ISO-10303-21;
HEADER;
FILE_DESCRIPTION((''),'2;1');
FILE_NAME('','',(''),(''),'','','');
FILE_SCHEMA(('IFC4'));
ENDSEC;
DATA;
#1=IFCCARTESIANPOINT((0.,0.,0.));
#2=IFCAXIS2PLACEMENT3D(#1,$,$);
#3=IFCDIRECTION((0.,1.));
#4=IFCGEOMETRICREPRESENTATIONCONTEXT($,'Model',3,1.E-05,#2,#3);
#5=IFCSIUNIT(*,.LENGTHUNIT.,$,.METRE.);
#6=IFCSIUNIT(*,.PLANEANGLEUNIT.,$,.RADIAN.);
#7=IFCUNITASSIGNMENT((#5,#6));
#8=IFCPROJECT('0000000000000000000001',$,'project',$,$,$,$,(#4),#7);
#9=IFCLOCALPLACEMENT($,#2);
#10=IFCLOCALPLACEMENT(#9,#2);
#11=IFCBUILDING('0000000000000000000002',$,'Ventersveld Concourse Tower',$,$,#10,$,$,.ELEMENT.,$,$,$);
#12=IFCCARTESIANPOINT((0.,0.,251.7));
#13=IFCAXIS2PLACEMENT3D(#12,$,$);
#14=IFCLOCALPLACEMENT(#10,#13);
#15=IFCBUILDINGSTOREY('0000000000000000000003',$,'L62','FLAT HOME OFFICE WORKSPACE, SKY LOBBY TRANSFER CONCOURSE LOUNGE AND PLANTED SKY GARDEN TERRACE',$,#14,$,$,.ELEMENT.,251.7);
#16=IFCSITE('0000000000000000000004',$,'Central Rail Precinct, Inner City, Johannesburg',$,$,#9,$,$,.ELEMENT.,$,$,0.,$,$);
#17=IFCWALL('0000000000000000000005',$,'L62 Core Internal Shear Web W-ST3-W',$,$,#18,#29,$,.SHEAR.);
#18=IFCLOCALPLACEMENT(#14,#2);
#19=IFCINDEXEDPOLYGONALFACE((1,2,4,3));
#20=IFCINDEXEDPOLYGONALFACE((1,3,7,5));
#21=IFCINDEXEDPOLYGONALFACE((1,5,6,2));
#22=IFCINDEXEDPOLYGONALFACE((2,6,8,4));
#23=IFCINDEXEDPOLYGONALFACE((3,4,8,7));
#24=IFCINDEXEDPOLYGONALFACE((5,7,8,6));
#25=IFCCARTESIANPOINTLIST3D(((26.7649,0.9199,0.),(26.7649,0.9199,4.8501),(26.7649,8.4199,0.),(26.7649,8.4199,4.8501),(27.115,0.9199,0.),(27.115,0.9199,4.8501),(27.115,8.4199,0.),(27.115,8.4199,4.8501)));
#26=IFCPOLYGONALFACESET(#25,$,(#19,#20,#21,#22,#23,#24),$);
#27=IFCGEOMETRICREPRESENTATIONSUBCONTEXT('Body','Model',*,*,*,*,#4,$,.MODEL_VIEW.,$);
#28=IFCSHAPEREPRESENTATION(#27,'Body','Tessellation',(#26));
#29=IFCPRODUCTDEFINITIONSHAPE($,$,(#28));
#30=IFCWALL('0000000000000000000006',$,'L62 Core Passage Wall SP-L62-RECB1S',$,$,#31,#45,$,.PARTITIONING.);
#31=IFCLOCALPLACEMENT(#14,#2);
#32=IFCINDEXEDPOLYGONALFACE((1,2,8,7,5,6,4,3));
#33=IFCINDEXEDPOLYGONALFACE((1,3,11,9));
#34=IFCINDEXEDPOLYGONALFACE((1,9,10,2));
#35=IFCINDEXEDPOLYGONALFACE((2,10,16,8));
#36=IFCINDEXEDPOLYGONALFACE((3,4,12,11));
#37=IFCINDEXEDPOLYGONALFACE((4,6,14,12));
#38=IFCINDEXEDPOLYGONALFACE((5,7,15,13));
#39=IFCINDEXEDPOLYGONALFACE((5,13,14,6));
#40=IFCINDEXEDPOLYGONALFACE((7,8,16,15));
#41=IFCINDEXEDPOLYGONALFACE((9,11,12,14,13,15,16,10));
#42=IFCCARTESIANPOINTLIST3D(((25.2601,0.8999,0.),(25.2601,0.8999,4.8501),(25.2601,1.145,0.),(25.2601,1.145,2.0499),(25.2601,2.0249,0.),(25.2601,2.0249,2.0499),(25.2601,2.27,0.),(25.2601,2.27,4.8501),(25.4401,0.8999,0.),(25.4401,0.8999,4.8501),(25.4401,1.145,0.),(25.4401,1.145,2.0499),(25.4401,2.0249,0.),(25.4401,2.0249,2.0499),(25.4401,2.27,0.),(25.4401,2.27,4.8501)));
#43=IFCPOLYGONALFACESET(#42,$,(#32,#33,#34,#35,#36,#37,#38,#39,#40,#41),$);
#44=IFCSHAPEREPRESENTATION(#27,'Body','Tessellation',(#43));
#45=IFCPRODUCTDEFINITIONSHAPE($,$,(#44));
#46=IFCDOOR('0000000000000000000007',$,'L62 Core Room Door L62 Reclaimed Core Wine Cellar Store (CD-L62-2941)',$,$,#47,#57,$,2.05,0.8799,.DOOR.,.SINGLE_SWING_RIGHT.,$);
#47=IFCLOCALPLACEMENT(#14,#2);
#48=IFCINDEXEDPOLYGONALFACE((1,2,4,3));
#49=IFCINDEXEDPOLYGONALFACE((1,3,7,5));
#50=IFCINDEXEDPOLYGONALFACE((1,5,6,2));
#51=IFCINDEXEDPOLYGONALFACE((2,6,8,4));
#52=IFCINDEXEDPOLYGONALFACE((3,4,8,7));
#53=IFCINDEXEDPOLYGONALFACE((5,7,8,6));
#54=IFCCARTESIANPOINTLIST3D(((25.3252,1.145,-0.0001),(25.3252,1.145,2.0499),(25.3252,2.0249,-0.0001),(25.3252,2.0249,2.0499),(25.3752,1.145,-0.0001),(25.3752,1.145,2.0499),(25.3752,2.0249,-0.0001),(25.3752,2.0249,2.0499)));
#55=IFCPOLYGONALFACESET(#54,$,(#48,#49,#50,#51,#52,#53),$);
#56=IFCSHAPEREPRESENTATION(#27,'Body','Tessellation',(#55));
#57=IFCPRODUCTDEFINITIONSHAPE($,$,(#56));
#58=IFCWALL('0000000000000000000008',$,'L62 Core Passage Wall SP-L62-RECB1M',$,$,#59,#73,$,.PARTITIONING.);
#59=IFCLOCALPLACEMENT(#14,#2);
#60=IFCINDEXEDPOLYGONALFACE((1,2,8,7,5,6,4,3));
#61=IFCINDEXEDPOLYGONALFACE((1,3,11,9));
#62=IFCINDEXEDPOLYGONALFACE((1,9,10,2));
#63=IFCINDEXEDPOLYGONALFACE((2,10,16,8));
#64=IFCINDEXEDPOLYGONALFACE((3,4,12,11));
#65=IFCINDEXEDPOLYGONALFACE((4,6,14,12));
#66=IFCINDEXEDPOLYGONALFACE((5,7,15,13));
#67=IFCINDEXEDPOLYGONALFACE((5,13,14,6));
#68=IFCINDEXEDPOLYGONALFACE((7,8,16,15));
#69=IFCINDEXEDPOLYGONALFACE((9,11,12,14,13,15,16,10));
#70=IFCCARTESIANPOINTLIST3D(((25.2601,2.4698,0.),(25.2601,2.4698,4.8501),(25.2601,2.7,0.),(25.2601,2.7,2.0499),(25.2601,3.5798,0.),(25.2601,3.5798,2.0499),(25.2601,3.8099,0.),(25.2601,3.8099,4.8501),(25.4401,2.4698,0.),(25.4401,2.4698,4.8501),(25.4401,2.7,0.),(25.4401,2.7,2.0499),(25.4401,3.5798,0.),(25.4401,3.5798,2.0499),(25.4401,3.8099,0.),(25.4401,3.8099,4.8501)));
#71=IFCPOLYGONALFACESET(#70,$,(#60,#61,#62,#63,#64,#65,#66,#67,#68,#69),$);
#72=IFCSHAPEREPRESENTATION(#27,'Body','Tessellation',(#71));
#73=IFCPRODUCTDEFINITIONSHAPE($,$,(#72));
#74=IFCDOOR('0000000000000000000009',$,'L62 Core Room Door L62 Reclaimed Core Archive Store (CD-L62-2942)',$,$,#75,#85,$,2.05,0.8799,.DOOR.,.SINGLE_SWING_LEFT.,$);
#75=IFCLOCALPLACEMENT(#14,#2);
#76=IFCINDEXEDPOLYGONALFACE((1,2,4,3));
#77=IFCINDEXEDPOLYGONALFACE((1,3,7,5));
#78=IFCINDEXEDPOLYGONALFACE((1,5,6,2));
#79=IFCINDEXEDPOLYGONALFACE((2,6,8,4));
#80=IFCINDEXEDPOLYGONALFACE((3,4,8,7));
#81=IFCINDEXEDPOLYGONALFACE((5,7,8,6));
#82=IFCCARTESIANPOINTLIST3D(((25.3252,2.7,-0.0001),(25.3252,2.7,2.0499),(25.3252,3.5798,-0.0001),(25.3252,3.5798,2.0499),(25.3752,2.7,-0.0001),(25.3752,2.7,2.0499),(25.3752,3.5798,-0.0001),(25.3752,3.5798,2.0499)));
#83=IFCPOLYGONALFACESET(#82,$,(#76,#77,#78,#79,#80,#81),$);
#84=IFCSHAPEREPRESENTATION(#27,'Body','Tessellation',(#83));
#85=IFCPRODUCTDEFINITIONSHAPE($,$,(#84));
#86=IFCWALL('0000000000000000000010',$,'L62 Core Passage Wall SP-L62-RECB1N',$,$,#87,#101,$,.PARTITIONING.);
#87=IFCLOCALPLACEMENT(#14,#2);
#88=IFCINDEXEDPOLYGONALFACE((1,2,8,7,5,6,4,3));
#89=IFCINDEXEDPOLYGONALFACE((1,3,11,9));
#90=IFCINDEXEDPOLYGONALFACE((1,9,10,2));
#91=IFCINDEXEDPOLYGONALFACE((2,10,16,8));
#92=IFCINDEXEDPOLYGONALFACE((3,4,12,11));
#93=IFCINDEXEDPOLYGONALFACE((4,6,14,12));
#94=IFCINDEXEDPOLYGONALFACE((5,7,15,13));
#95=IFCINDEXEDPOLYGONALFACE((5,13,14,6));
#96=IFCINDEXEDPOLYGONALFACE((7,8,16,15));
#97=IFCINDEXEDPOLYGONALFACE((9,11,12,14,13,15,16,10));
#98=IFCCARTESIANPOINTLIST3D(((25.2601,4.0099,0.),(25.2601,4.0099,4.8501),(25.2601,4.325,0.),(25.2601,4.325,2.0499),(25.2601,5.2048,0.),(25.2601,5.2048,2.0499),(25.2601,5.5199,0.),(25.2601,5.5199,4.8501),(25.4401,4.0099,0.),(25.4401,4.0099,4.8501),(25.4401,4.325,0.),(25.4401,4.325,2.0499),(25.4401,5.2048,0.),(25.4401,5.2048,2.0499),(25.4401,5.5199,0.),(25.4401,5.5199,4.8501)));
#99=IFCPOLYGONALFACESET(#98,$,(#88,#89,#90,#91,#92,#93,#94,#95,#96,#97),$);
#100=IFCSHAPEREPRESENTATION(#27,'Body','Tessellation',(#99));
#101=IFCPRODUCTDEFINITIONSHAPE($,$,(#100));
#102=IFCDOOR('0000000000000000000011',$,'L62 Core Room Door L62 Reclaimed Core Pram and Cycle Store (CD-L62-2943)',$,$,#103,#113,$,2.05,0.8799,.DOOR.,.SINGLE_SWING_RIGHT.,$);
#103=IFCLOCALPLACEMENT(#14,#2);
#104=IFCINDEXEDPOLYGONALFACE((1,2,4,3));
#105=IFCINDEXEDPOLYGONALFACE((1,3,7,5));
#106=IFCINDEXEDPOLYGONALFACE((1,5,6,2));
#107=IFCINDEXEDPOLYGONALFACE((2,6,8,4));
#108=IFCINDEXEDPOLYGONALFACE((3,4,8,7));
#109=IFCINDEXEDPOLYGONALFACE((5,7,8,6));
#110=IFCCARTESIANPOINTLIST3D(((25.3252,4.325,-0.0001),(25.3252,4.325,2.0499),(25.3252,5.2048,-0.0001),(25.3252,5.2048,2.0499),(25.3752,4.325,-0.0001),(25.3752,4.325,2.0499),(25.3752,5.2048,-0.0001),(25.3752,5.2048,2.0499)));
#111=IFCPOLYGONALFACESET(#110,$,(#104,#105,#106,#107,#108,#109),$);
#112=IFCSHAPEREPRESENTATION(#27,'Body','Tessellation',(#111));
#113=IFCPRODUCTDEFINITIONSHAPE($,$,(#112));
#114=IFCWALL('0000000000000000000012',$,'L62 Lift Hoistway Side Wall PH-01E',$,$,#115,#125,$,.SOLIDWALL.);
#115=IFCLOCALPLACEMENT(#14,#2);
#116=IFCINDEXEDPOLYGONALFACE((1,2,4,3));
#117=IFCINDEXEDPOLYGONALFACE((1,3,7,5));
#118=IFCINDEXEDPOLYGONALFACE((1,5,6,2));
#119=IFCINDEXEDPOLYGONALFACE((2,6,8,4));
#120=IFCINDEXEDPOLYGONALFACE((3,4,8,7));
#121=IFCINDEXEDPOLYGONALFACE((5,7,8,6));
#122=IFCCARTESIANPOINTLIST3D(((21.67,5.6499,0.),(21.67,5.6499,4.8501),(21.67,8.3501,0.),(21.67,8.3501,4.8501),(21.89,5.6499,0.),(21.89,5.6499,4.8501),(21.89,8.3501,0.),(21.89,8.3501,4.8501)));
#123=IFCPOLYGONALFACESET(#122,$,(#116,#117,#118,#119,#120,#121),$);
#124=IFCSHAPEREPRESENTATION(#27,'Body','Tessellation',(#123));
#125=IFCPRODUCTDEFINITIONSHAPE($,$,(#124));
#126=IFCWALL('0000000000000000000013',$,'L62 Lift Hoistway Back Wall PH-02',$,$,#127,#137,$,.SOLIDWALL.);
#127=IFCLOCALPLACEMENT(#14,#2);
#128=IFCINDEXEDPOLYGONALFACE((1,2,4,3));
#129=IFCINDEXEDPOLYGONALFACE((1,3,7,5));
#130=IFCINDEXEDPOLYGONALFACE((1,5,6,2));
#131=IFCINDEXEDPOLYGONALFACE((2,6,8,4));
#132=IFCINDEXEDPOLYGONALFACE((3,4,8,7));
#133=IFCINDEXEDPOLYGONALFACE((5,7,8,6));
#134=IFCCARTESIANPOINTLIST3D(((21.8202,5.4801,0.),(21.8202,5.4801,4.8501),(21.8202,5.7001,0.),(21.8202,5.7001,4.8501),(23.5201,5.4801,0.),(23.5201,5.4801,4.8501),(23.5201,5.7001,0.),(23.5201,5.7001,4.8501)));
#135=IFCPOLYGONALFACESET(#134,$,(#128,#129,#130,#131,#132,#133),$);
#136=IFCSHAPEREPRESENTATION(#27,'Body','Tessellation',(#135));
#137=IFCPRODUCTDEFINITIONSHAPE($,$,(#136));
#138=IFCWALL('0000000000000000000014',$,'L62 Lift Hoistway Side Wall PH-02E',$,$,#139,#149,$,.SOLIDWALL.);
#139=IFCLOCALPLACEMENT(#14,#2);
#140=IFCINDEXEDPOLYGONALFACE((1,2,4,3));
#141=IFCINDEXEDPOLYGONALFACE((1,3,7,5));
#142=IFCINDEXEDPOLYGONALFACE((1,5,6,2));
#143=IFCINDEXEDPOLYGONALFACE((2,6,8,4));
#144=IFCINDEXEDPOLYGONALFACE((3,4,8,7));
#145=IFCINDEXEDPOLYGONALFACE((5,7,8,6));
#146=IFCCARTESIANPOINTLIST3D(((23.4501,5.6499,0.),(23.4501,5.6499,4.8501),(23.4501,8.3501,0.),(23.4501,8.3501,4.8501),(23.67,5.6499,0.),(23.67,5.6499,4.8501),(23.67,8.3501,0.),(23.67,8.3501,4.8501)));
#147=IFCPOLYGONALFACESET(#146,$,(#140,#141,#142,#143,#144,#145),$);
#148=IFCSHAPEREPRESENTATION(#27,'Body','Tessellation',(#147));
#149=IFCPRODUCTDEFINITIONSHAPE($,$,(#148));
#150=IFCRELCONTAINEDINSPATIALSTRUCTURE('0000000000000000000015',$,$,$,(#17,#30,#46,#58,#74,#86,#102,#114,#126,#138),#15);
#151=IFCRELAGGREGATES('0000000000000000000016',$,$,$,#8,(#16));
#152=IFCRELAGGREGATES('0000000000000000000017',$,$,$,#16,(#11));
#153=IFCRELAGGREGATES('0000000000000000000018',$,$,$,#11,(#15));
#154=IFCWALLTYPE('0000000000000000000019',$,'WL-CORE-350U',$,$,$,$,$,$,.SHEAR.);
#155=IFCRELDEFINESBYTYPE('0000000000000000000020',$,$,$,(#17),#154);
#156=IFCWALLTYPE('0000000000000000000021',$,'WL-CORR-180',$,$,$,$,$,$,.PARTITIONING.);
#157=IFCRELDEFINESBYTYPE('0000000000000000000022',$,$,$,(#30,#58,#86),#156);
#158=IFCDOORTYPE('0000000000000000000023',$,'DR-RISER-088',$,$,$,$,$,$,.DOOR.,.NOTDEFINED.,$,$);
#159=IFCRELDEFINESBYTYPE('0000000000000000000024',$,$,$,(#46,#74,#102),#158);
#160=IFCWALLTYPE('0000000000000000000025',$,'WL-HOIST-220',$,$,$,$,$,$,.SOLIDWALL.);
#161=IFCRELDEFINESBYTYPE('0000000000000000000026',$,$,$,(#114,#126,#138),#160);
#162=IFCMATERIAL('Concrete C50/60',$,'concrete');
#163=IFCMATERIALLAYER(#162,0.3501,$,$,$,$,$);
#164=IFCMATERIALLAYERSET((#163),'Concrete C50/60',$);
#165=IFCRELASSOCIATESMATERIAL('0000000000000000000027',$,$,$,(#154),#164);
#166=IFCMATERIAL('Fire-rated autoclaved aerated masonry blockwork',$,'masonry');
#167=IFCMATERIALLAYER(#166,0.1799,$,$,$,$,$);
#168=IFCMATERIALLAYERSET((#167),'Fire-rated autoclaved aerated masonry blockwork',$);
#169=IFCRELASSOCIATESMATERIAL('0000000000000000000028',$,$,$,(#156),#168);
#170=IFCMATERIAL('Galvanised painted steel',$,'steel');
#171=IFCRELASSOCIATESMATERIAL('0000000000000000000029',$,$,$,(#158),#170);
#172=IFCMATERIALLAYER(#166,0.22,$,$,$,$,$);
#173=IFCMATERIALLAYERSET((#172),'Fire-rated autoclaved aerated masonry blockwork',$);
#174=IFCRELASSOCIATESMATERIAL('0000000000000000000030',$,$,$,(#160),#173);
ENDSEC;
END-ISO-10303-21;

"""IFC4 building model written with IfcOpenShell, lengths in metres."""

from ifc_helpers import new_model, si_unit, direction, frame, frame_2d, origin, place, context, subcontext, project, spatial, rectangle, extrude, material, layer, layer_set, type_object, element, fill, save


model = new_model("IFC4")

# Units and contexts
model_context = context("Model", 3, precision=1e-05, world=origin(), true_north=direction((0.0, 1.0)))
body_context = subcontext(model_context, "Body", "Model", "MODEL_VIEW")
ifc_project = project(units=[si_unit("LENGTHUNIT", "METRE"), si_unit("PLANEANGLEUNIT", "RADIAN")], contexts=[model_context])

# Site, building, storey
site_placement = place(None, origin())
site = spatial("IfcSite", under=ifc_project, at=site_placement, Name="Central Rail Precinct, Inner City, Johannesburg", CompositionType="ELEMENT", RefElevation=0.0)
building_placement = place(site_placement, origin())
building = spatial("IfcBuilding", under=site, at=building_placement, Name="Ventersveld Concourse Tower", CompositionType="ELEMENT")
storey_placement = place(building_placement, frame((0.0, 0.0, 251.7)))
storey = spatial("IfcBuildingStorey", under=building, at=storey_placement, Name="L62", Description="FLAT HOME OFFICE WORKSPACE, SKY LOBBY TRANSFER CONCOURSE LOUNGE AND PLANTED SKY GARDEN TERRACE", CompositionType="ELEMENT", Elevation=251.7)

# Wall
ifc_material_1 = material(Name="Concrete C50/60", Category="concrete")
ifc_layer_1 = layer(ifc_material_1, 0.3501)
ifc_layer_set_1 = layer_set([ifc_layer_1], Name="Concrete C50/60")
wall_type_1 = type_object("IfcWallType", Name="WL-CORE-350U", PredefinedType="SHEAR", material=ifc_layer_set_1)
wall_1_placement = place(storey_placement, frame((26.9399, 0.9199, 0.0), z_axis=(0.0, 0.0, 1.0), x_axis=(0.0, 1.0, 0.0)))
element("IfcWall", 1, at=wall_1_placement, inside=storey, type_object=wall_type_1, Name="L62 Core Internal Shear Web W-ST3-W", PredefinedType="SHEAR", context=body_context, shape_type="SweptSolid", body=[
    extrude(rectangle(XDim=7.5, YDim=0.3501, at=frame_2d((3.75, 0.0))), origin(), (0.0, 0.0, 1.0), 4.8501),
])

# Walls, openings, doors
ifc_material_2 = material(Name="Fire-rated autoclaved aerated masonry blockwork", Category="masonry")
ifc_layer_2 = layer(ifc_material_2, 0.1799)
ifc_layer_set_2 = layer_set([ifc_layer_2], Name="Fire-rated autoclaved aerated masonry blockwork")
wall_type_2 = type_object("IfcWallType", Name="WL-CORR-180", PredefinedType="PARTITIONING", material=ifc_layer_set_2)
wall_2_placement = place(storey_placement, frame((25.3501, 0.8999, 0.0), z_axis=(0.0, 0.0, 1.0), x_axis=(0.0, 1.0, 0.0)))
wall_2 = element("IfcWall", 2, at=wall_2_placement, inside=storey, type_object=wall_type_2, Name="L62 Core Passage Wall SP-L62-RECB1S", PredefinedType="PARTITIONING", context=body_context, shape_type="SweptSolid", body=[
    extrude(rectangle(XDim=1.3701, YDim=0.1799, at=frame_2d((0.6851, 0.0))), origin(), (0.0, 0.0, 1.0), 4.8501),
])
opening_1_placement = place(wall_2_placement, frame((0.2451, 0.0, 0.0)))
opening_1 = element("IfcOpeningElement", 3, at=opening_1_placement, cuts=wall_2, PredefinedType="OPENING", context=body_context, shape_type="SweptSolid", body=[
    extrude(rectangle(XDim=0.8799, YDim=2.05, at=frame_2d((0.4399, 1.0249))), frame((0.0, 0.1001, 0.0), z_axis=(0.0, -1.0, 0.0), x_axis=(1.0, 0.0, 0.0)), (0.0, 0.0, 1.0), 0.2),
])
ifc_material_3 = material(Name="Galvanised painted steel", Category="steel")
door_type_1 = type_object("IfcDoorType", Name="DR-RISER-088", OperationType="NOTDEFINED", PredefinedType="DOOR", material=ifc_material_3)
door_1_placement = place(opening_1_placement, origin())
door_1 = element("IfcDoor", 4, at=door_1_placement, inside=storey, type_object=door_type_1, Name="L62 Core Room Door L62 Reclaimed Core Wine Cellar Store (CD-L62-2941)", OperationType="SINGLE_SWING_RIGHT", OverallHeight=2.05, OverallWidth=0.8799, PredefinedType="DOOR", context=body_context, shape_type="SweptSolid", body=[
    extrude(rectangle(XDim=0.8799, YDim=2.05, at=frame_2d((0.4399, 1.0249))), frame((0.0, 0.0249, 0.0), z_axis=(0.0, -1.0, 0.0), x_axis=(1.0, 0.0, 0.0)), (0.0, 0.0, 1.0), 0.05),
])
fill(opening_1, door_1)
wall_3_placement = place(storey_placement, frame((25.3501, 2.47, 0.0), z_axis=(0.0, 0.0, 1.0), x_axis=(0.0, 1.0, 0.0)))
wall_3 = element("IfcWall", 5, at=wall_3_placement, inside=storey, type_object=wall_type_2, Name="L62 Core Passage Wall SP-L62-RECB1M", PredefinedType="PARTITIONING", context=body_context, shape_type="SweptSolid", body=[
    extrude(rectangle(XDim=1.3401, YDim=0.1799, at=frame_2d((0.6699, 0.0))), origin(), (0.0, 0.0, 1.0), 4.8501),
])
opening_2_placement = place(wall_3_placement, frame((0.23, 0.0, 0.0)))
opening_2 = element("IfcOpeningElement", 6, at=opening_2_placement, cuts=wall_3, PredefinedType="OPENING", context=body_context, shape_type="SweptSolid", body=[
    extrude(rectangle(XDim=0.8799, YDim=2.05, at=frame_2d((0.4399, 1.0249))), frame((0.0, 0.1001, 0.0), z_axis=(0.0, -1.0, 0.0), x_axis=(1.0, 0.0, 0.0)), (0.0, 0.0, 1.0), 0.2),
])
door_2_placement = place(opening_2_placement, origin())
door_2 = element("IfcDoor", 7, at=door_2_placement, inside=storey, type_object=door_type_1, Name="L62 Core Room Door L62 Reclaimed Core Archive Store (CD-L62-2942)", OperationType="SINGLE_SWING_LEFT", OverallHeight=2.05, OverallWidth=0.8799, PredefinedType="DOOR", context=body_context, shape_type="SweptSolid", body=[
    extrude(rectangle(XDim=0.8799, YDim=2.05, at=frame_2d((0.4399, 1.0249))), frame((0.0, 0.0249, 0.0), z_axis=(0.0, -1.0, 0.0), x_axis=(1.0, 0.0, 0.0)), (0.0, 0.0, 1.0), 0.05),
])
fill(opening_2, door_2)
wall_4_placement = place(storey_placement, frame((25.3501, 4.01, 0.0), z_axis=(0.0, 0.0, 1.0), x_axis=(0.0, 1.0, 0.0)))
wall_4 = element("IfcWall", 8, at=wall_4_placement, inside=storey, type_object=wall_type_2, Name="L62 Core Passage Wall SP-L62-RECB1N", PredefinedType="PARTITIONING", context=body_context, shape_type="SweptSolid", body=[
    extrude(rectangle(XDim=1.51, YDim=0.1799, at=frame_2d((0.7549, 0.0))), origin(), (0.0, 0.0, 1.0), 4.8501),
])
opening_3_placement = place(wall_4_placement, frame((0.3149, 0.0, 0.0)))
opening_3 = element("IfcOpeningElement", 9, at=opening_3_placement, cuts=wall_4, PredefinedType="OPENING", context=body_context, shape_type="SweptSolid", body=[
    extrude(rectangle(XDim=0.8799, YDim=2.05, at=frame_2d((0.4399, 1.0249))), frame((0.0, 0.1001, 0.0), z_axis=(0.0, -1.0, 0.0), x_axis=(1.0, 0.0, 0.0)), (0.0, 0.0, 1.0), 0.2),
])
door_3_placement = place(opening_3_placement, origin())
door_3 = element("IfcDoor", 10, at=door_3_placement, inside=storey, type_object=door_type_1, Name="L62 Core Room Door L62 Reclaimed Core Pram and Cycle Store (CD-L62-2943)", OperationType="SINGLE_SWING_RIGHT", OverallHeight=2.05, OverallWidth=0.8799, PredefinedType="DOOR", context=body_context, shape_type="SweptSolid", body=[
    extrude(rectangle(XDim=0.8799, YDim=2.05, at=frame_2d((0.4399, 1.0249))), frame((0.0, 0.0249, 0.0), z_axis=(0.0, -1.0, 0.0), x_axis=(1.0, 0.0, 0.0)), (0.0, 0.0, 1.0), 0.05),
])
fill(opening_3, door_3)

# Walls
ifc_layer_3 = layer(ifc_material_2, 0.22)
ifc_layer_set_3 = layer_set([ifc_layer_3], Name="Fire-rated autoclaved aerated masonry blockwork")
wall_type_3 = type_object("IfcWallType", Name="WL-HOIST-220", PredefinedType="SOLIDWALL", material=ifc_layer_set_3)
wall_5_placement = place(storey_placement, frame((21.78, 5.6499, 0.0), z_axis=(0.0, 0.0, 1.0), x_axis=(0.0, 1.0, 0.0)))
element("IfcWall", 11, at=wall_5_placement, inside=storey, type_object=wall_type_3, Name="L62 Lift Hoistway Side Wall PH-01E", PredefinedType="SOLIDWALL", context=body_context, shape_type="SweptSolid", body=[
    extrude(rectangle(XDim=2.7002, YDim=0.22, at=frame_2d((1.3501, 0.0))), origin(), (0.0, 0.0, 1.0), 4.8501),
])
wall_6_placement = place(storey_placement, frame((21.8201, 5.5901, 0.0), z_axis=(0.0, 0.0, 1.0), x_axis=(1.0, 0.0, 0.0)))
element("IfcWall", 12, at=wall_6_placement, inside=storey, type_object=wall_type_3, Name="L62 Lift Hoistway Back Wall PH-02", PredefinedType="SOLIDWALL", context=body_context, shape_type="SweptSolid", body=[
    extrude(rectangle(XDim=1.7, YDim=0.22, at=frame_2d((0.8501, 0.0))), origin(), (0.0, 0.0, 1.0), 4.8501),
])
wall_7_placement = place(storey_placement, frame((23.5601, 5.6499, 0.0), z_axis=(0.0, 0.0, 1.0), x_axis=(0.0, 1.0, 0.0)))
element("IfcWall", 13, at=wall_7_placement, inside=storey, type_object=wall_type_3, Name="L62 Lift Hoistway Side Wall PH-02E", PredefinedType="SOLIDWALL", context=body_context, shape_type="SweptSolid", body=[
    extrude(rectangle(XDim=2.7002, YDim=0.22, at=frame_2d((1.3501, 0.0))), origin(), (0.0, 0.0, 1.0), 4.8501),
])

save(model, "model.ifc")
